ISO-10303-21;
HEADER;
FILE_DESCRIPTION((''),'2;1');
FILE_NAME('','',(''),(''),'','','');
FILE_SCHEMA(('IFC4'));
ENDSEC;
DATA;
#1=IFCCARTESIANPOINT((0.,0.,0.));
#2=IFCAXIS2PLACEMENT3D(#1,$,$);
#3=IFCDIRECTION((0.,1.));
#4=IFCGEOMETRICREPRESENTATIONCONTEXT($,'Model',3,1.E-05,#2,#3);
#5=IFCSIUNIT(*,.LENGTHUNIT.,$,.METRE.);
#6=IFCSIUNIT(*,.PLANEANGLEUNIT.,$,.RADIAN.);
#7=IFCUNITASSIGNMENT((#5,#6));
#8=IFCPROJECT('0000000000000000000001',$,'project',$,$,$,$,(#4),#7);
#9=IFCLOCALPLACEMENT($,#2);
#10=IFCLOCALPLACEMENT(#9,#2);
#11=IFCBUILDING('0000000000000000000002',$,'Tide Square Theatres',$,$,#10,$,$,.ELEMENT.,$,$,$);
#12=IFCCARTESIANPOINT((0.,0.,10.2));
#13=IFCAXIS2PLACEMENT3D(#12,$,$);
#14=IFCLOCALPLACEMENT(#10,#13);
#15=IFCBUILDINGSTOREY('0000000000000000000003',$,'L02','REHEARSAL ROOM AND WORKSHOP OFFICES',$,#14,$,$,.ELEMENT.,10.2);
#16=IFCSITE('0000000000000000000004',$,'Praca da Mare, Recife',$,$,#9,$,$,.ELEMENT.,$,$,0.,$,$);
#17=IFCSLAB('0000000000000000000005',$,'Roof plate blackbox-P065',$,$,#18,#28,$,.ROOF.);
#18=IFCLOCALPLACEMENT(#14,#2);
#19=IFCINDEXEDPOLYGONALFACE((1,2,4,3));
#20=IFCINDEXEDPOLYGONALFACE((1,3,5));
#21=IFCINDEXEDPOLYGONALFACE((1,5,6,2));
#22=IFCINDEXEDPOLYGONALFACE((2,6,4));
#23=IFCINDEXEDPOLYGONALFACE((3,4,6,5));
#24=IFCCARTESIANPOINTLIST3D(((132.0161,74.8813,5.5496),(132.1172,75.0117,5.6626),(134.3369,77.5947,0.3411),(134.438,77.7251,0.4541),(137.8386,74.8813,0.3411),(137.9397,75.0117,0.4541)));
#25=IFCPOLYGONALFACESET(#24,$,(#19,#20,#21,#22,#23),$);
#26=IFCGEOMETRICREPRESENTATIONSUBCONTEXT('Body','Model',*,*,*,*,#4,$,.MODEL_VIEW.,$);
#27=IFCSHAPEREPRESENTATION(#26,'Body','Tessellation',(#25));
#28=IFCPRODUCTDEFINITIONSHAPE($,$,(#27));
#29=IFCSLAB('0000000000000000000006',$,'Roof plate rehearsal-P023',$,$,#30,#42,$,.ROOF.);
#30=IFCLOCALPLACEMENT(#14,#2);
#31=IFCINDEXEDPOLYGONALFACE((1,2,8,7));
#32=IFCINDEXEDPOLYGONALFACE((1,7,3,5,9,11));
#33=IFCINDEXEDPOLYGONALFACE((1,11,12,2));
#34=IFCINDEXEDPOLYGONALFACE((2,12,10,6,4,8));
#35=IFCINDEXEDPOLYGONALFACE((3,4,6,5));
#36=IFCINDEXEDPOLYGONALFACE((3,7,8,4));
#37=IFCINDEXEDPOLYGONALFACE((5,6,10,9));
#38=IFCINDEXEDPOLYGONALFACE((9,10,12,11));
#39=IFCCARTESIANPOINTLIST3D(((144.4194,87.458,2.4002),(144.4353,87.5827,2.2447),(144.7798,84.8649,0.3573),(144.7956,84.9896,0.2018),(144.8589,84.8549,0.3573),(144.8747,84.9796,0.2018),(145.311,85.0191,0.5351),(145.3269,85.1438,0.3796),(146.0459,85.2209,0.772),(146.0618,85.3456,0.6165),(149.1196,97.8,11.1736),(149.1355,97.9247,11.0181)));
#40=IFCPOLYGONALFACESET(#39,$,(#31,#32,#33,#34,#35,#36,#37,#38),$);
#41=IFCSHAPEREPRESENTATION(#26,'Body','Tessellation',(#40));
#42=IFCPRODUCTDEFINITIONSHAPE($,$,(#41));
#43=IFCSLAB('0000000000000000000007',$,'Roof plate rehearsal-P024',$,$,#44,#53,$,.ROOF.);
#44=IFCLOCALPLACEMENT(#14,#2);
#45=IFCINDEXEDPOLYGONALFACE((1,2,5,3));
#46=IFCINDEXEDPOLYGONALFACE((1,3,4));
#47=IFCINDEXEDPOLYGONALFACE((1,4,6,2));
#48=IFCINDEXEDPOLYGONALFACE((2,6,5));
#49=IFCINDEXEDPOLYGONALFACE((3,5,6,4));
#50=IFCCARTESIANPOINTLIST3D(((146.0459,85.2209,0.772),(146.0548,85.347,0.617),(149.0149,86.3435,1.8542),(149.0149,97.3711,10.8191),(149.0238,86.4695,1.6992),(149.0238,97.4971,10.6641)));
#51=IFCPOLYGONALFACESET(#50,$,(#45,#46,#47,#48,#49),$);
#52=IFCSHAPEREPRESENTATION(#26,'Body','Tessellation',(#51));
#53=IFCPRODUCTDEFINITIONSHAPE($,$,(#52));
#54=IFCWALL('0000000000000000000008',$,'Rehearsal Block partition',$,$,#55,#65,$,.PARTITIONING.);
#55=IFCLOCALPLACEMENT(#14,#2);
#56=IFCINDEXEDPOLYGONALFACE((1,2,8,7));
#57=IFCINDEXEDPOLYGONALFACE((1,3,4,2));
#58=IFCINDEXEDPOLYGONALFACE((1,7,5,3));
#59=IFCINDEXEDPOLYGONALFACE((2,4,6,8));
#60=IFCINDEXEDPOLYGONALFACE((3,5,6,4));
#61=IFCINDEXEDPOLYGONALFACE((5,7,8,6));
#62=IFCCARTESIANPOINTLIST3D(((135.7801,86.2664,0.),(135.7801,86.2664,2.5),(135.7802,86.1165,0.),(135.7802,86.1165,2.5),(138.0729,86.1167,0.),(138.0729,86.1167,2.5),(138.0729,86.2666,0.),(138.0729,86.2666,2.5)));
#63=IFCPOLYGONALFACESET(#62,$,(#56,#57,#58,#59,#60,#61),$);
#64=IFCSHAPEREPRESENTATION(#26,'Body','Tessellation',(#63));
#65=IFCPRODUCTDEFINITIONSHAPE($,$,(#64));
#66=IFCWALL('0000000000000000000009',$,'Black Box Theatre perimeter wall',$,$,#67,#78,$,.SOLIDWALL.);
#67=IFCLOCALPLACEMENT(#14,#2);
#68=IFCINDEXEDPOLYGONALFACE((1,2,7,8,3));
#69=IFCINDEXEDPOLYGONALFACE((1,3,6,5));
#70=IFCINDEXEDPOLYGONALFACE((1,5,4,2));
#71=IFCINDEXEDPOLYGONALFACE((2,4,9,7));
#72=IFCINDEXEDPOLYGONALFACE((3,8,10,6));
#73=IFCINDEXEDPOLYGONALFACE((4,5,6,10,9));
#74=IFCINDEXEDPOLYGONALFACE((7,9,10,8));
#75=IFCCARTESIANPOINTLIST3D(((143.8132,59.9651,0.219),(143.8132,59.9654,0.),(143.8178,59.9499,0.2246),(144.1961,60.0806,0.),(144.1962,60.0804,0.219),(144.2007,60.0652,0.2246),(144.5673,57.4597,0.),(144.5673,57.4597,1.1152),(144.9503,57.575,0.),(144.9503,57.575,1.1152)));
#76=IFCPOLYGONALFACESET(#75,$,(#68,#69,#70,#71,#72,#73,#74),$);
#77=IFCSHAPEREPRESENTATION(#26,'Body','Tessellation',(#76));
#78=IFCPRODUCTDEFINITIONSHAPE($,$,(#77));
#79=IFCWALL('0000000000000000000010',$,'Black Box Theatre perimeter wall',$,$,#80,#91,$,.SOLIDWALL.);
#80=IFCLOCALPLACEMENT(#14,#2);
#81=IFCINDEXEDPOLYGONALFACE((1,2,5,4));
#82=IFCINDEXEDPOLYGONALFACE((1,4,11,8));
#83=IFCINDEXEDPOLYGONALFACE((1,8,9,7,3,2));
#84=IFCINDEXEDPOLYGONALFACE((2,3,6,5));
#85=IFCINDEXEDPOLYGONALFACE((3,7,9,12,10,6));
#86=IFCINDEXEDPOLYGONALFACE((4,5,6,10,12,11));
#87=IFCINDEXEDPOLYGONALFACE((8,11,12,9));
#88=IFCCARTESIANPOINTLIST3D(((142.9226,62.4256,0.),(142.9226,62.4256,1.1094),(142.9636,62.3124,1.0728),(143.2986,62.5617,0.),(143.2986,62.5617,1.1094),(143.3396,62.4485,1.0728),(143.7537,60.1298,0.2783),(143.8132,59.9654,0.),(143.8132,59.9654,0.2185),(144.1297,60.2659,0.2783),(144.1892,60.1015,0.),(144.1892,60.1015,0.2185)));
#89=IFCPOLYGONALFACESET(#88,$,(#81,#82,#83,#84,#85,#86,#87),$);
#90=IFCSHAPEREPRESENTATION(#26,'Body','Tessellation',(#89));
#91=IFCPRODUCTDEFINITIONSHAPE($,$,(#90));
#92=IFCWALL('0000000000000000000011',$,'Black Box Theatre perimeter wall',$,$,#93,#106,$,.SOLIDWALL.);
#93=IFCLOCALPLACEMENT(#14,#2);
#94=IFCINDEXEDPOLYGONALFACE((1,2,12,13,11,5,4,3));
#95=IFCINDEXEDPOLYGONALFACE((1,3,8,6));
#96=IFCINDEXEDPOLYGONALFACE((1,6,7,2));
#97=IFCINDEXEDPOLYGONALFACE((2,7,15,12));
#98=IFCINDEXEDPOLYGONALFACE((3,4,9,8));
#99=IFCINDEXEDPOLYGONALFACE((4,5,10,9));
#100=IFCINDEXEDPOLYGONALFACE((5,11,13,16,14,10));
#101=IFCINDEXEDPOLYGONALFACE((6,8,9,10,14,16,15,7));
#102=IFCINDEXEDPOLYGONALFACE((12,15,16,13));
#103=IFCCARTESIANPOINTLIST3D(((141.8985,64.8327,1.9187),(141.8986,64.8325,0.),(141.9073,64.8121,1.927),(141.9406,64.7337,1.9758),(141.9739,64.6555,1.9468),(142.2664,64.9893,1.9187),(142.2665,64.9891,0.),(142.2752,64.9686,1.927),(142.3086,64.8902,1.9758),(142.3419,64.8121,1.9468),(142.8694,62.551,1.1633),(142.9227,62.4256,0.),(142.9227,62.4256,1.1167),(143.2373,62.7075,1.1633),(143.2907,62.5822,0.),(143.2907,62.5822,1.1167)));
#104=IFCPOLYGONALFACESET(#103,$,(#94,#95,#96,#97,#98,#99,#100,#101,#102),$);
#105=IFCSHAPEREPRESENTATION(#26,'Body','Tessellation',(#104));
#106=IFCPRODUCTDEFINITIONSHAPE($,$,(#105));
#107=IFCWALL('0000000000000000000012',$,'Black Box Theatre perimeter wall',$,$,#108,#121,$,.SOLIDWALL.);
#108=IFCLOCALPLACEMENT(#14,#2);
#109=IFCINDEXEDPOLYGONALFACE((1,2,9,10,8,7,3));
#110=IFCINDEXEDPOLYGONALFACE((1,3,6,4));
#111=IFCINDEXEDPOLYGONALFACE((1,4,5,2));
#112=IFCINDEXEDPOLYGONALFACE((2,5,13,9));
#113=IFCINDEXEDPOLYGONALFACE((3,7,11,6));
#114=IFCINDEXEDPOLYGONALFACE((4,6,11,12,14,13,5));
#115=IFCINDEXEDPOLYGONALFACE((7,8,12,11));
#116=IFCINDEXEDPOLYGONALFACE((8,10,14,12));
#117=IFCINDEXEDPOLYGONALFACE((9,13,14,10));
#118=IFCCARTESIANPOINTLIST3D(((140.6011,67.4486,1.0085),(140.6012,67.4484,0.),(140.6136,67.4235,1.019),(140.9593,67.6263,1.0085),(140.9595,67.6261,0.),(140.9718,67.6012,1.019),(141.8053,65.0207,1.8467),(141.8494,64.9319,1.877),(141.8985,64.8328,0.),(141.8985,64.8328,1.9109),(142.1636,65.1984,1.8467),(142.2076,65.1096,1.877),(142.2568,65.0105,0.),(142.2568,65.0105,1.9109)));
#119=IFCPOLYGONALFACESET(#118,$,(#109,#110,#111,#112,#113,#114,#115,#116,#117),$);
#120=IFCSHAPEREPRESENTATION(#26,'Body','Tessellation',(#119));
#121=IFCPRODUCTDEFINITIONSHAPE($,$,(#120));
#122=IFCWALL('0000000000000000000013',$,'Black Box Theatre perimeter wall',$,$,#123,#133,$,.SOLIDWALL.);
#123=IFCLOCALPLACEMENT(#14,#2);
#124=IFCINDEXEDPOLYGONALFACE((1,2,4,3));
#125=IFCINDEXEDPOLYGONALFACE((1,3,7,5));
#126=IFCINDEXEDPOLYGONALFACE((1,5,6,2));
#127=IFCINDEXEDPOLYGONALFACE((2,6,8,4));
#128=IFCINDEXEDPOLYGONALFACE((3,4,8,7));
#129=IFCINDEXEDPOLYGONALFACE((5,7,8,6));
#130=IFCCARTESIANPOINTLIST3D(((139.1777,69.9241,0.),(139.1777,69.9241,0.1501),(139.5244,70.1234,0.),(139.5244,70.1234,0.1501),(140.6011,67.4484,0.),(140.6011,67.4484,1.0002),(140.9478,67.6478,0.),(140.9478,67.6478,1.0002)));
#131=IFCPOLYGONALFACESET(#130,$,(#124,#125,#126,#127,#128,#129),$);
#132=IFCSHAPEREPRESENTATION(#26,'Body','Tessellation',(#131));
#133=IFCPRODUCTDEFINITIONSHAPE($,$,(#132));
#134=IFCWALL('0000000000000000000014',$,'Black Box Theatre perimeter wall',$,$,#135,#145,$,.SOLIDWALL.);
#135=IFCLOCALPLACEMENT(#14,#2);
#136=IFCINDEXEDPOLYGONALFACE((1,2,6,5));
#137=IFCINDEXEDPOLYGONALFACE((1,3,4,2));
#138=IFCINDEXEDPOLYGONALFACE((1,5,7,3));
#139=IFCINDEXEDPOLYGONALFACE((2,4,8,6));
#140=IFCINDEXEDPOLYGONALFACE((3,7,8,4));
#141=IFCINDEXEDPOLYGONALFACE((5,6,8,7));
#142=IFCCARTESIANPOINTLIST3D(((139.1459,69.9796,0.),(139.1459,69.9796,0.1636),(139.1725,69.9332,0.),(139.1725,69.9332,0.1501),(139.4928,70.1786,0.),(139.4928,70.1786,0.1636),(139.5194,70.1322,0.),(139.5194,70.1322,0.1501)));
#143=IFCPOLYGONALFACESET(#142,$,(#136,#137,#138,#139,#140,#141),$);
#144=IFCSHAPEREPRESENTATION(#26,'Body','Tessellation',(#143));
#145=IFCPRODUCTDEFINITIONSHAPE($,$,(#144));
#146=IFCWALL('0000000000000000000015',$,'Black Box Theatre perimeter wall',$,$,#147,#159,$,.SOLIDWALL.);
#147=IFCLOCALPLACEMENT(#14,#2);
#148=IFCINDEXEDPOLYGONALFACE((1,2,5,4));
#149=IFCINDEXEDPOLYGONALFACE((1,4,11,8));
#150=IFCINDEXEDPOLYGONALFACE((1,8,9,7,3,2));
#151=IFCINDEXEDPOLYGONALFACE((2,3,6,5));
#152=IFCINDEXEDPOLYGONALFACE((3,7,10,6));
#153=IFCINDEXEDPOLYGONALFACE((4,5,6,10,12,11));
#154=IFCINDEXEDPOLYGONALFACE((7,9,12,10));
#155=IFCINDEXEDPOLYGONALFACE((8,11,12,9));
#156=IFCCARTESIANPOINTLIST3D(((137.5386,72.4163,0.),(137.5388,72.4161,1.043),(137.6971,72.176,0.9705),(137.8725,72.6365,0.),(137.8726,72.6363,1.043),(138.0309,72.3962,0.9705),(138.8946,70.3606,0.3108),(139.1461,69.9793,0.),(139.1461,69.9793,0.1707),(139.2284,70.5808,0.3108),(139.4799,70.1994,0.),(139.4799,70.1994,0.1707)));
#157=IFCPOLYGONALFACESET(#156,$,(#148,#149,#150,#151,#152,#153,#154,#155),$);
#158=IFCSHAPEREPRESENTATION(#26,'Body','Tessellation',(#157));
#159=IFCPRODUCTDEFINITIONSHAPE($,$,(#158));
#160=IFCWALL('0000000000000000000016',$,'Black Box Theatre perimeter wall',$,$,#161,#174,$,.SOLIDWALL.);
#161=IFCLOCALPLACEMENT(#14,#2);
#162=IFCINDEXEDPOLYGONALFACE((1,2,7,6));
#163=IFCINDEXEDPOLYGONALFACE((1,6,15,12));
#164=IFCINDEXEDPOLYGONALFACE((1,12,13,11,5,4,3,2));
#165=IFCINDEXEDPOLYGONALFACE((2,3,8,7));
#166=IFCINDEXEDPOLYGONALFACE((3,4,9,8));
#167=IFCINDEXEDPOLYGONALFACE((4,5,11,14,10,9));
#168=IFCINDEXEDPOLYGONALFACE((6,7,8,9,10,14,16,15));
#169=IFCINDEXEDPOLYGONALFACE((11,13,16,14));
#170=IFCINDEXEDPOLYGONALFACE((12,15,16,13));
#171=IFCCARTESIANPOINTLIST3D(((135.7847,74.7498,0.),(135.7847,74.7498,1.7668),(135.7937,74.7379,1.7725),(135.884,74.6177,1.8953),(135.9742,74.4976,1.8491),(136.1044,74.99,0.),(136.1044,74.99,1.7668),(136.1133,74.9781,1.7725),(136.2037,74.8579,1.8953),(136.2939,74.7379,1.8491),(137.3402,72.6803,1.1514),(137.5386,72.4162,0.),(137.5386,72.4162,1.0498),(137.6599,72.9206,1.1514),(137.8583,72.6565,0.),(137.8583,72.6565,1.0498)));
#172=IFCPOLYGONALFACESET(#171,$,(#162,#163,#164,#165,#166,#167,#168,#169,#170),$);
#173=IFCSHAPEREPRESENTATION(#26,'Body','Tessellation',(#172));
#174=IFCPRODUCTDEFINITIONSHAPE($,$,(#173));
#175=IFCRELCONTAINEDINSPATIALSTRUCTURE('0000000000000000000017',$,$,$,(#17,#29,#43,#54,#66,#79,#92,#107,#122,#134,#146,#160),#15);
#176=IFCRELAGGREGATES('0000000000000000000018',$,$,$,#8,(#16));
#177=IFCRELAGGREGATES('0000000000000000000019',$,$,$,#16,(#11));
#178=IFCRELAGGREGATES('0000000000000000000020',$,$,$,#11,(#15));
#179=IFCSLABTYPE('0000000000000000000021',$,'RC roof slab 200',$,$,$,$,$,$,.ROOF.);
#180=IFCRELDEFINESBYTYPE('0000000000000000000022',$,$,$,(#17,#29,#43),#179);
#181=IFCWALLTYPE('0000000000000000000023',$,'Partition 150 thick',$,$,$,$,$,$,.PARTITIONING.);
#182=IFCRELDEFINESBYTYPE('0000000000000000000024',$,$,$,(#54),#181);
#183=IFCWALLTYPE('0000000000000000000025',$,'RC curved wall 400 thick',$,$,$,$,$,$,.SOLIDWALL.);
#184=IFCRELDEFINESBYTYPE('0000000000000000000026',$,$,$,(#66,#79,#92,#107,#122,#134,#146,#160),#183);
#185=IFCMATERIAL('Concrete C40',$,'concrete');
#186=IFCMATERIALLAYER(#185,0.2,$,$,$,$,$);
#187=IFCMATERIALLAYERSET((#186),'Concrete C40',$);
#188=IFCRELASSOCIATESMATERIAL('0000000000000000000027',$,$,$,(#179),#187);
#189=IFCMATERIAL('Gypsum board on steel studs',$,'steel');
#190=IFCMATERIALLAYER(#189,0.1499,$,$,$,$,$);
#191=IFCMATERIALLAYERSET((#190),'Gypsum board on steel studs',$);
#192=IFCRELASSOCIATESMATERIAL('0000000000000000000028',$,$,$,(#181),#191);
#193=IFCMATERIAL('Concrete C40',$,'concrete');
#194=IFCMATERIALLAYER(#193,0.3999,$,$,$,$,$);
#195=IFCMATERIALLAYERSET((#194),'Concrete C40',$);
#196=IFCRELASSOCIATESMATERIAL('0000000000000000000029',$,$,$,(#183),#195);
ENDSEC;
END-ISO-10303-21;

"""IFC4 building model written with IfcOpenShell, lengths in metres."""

from ifc_helpers import new_model, si_unit, direction, frame, frame_2d, origin, place, context, subcontext, project, spatial, polyline, rectangle, outline, extrude, material, layer, layer_set, type_object, element, save


model = new_model("IFC4")

# Units and contexts
model_context = context("Model", 3, precision=1e-05, world=origin(), true_north=direction((0.0, 1.0)))
body_context = subcontext(model_context, "Body", "Model", "MODEL_VIEW")
ifc_project = project(units=[si_unit("LENGTHUNIT", "METRE"), si_unit("PLANEANGLEUNIT", "RADIAN")], contexts=[model_context])

# Site, building, storey
site_placement = place(None, origin())
site = spatial("IfcSite", under=ifc_project, at=site_placement, Name="Praca da Mare, Recife", CompositionType="ELEMENT", RefElevation=0.0)
building_placement = place(site_placement, origin())
building = spatial("IfcBuilding", under=site, at=building_placement, Name="Tide Square Theatres", CompositionType="ELEMENT")
storey_placement = place(building_placement, frame((0.0, 0.0, 10.2)))
storey = spatial("IfcBuildingStorey", under=building, at=storey_placement, Name="L02", Description="REHEARSAL ROOM AND WORKSHOP OFFICES", CompositionType="ELEMENT", Elevation=10.2)

# Slabs
ifc_material_1 = material(Name="Concrete C40", Category="concrete")
ifc_layer_1 = layer(ifc_material_1, 0.2)
ifc_layer_set_1 = layer_set([ifc_layer_1], Name="Concrete C40")
slab_type = type_object("IfcSlabType", Name="RC roof slab 200", PredefinedType="ROOF", material=ifc_layer_set_1)
slab_1_placement = place(storey_placement, frame((137.9397, 75.0117, 0.4541), z_axis=(0.505389, 0.652222, 0.564968), x_axis=(-0.790464, 0.612509, 0.0)))
element("IfcSlab", 1, at=slab_1_placement, inside=storey, type_object=slab_type, Name="Roof plate blackbox-P065", PredefinedType="ROOF", context=body_context, shape_type="SweptSolid", body=[
    extrude(outline(polyline([(0.0, 0.0), (4.4299, 0.0), (4.6025, 6.3125), (0.0, 0.0)])), origin(), (0.0, 0.0, -1.0), 0.2),
])
slab_2_placement = place(storey_placement, frame((146.0459, 85.2209, 0.772), z_axis=(-0.079311, -0.623666, 0.777657), x_axis=(0.185058, 0.757343, 0.626247)))
element("IfcSlab", 2, at=slab_2_placement, inside=storey, type_object=slab_type, Name="Roof plate rehearsal-P023", PredefinedType="ROOF", context=body_context, shape_type="SweptSolid", body=[
    extrude(outline(polyline([(0.0, 0.0), (16.6095, 0.0), (2.4129, 2.1163), (-0.4372, 0.6676), (-0.7637, 1.1483), (-0.7566, 1.0689), (0.0, 0.0)])), origin(), (0.0, 0.0, -1.0), 0.2),
])
slab_3_placement = place(storey_placement, frame((146.0459, 85.2209, 0.772), z_axis=(-0.044306, -0.630182, 0.775182), x_axis=(0.885325, 0.334736, 0.322724)))
element("IfcSlab", 3, at=slab_3_placement, inside=storey, type_object=slab_type, Name="Roof plate rehearsal-P024", PredefinedType="ROOF", context=body_context, shape_type="SweptSolid", body=[
    extrude(outline(polyline([(0.0, 0.0), (3.3536, 0.0), (9.9381, 12.5945), (0.0, 0.0)])), origin(), (0.0, 0.0, -1.0), 0.2),
])

# Walls
ifc_material_2 = material(Name="Gypsum board on steel studs", Category="steel")
ifc_layer_2 = layer(ifc_material_2, 0.1499)
ifc_layer_set_2 = layer_set([ifc_layer_2], Name="Gypsum board on steel studs")
wall_type_1 = type_object("IfcWallType", Name="Partition 150 thick", PredefinedType="PARTITIONING", material=ifc_layer_set_2)
wall_1_placement = place(storey_placement, frame((138.073, 86.1917, 0.0), z_axis=(0.0, 0.0, 1.0), x_axis=(-1.0, -0.000106, 0.0)))
element("IfcWall", 4, at=wall_1_placement, inside=storey, type_object=wall_type_1, Name="Rehearsal Block partition", PredefinedType="PARTITIONING", context=body_context, shape_type="SweptSolid", body=[
    extrude(rectangle(XDim=2.2927, YDim=0.1499, at=frame_2d((1.1465, 0.0))), origin(), (0.0, 0.0, 1.0), 2.5),
])
ifc_material_3 = material(Name="Concrete C40", Category="concrete")
ifc_layer_3 = layer(ifc_material_3, 0.3999)
ifc_layer_set_3 = layer_set([ifc_layer_3], Name="Concrete C40")
wall_type_2 = type_object("IfcWallType", Name="RC curved wall 400 thick", PredefinedType="SOLIDWALL", material=ifc_layer_set_3)
wall_2_placement = place(storey_placement, frame((144.7588, 57.5173, 0.0), z_axis=(0.0, 0.0, 1.0), x_axis=(-0.288212, 0.957567, 0.0)))
element("IfcWall", 5, at=wall_2_placement, inside=storey, type_object=wall_type_2, Name="Black Box Theatre perimeter wall", PredefinedType="SOLIDWALL", context=body_context, shape_type="SweptSolid", body=[
    extrude(outline(polyline([(0.0, 0.0), (2.6167, 0.0), (2.6165, 0.219), (2.6006, 0.2246), (0.0, 1.1152), (0.0, 0.0)])), frame((0.0, 0.2, 0.0), z_axis=(0.0, -1.0, 0.0), x_axis=(1.0, 0.0, 0.0)), (0.0, 0.0, 1.0), 0.3999),
])
wall_3_placement = place(storey_placement, frame((144.0012, 60.0334, 0.0), z_axis=(0.0, 0.0, 1.0), x_axis=(-0.340394, 0.940283, 0.0)))
element("IfcWall", 6, at=wall_3_placement, inside=storey, type_object=wall_type_2, Name="Black Box Theatre perimeter wall", PredefinedType="SOLIDWALL", context=body_context, shape_type="SweptSolid", body=[
    extrude(outline(polyline([(0.0, 0.0), (2.6165, 0.0), (2.6165, 1.1094), (2.4961, 1.0728), (0.1748, 0.2783), (0.0, 0.2185), (0.0, 0.0)])), frame((0.0, 0.2, 0.0), z_axis=(0.0, -1.0, 0.0), x_axis=(1.0, 0.0, 0.0)), (0.0, 0.0, 1.0), 0.3999),
])
wall_4_placement = place(storey_placement, frame((143.1067, 62.5039, 0.0), z_axis=(0.0, 0.0, 1.0), x_axis=(-0.39153, 0.920165, 0.0)))
element("IfcWall", 7, at=wall_4_placement, inside=storey, type_object=wall_type_2, Name="Black Box Theatre perimeter wall", PredefinedType="SOLIDWALL", context=body_context, shape_type="SweptSolid", body=[
    extrude(outline(polyline([(0.0, 0.0), (2.6157, 0.0), (2.616, 1.9187), (2.5935, 1.927), (2.5083, 1.9758), (2.4233, 1.9468), (0.1362, 1.1633), (0.0, 1.1167), (0.0, 0.0)])), frame((0.0, 0.2, 0.0), z_axis=(0.0, -1.0, 0.0), x_axis=(1.0, 0.0, 0.0)), (0.0, 0.0, 1.0), 0.3999),
])
wall_5_placement = place(storey_placement, frame((142.0776, 64.9216, 0.0), z_axis=(0.0, 0.0, 1.0), x_axis=(-0.444335, 0.895861, 0.0)))
element("IfcWall", 8, at=wall_5_placement, inside=storey, type_object=wall_type_2, Name="Black Box Theatre perimeter wall", PredefinedType="SOLIDWALL", context=body_context, shape_type="SweptSolid", body=[
    extrude(outline(polyline([(0.0, 0.0), (2.9197, 0.0), (2.9199, 1.0085), (2.8918, 1.019), (0.2097, 1.8467), (0.1106, 1.877), (0.0, 1.9109), (0.0, 0.0)])), frame((0.0, 0.2, 0.0), z_axis=(0.0, -1.0, 0.0), x_axis=(1.0, 0.0, 0.0)), (0.0, 0.0, 1.0), 0.3999),
])
wall_6_placement = place(storey_placement, frame((140.7744, 67.5481, 0.0), z_axis=(0.0, 0.0, 1.0), x_axis=(-0.498439, 0.866925, 0.0)))
element("IfcWall", 9, at=wall_6_placement, inside=storey, type_object=wall_type_2, Name="Black Box Theatre perimeter wall", PredefinedType="SOLIDWALL", context=body_context, shape_type="SweptSolid", body=[
    extrude(outline(polyline([(0.0, 0.0), (2.8557, 0.0), (2.8557, 0.1501), (0.0, 1.0002), (0.0, 0.0)])), frame((0.0, 0.2, 0.0), z_axis=(0.0, -1.0, 0.0), x_axis=(1.0, 0.0, 0.0)), (0.0, 0.0, 1.0), 0.3999),
])
wall_7_placement = place(storey_placement, frame((139.3459, 70.0327, 0.0), z_axis=(0.0, 0.0, 1.0), x_axis=(-0.497613, 0.867399, 0.0)))
element("IfcWall", 10, at=wall_7_placement, inside=storey, type_object=wall_type_2, Name="Black Box Theatre perimeter wall", PredefinedType="SOLIDWALL", context=body_context, shape_type="SweptSolid", body=[
    extrude(outline(polyline([(0.0, 0.0), (0.0535, 0.0), (0.0535, 0.1636), (0.0, 0.1501), (0.0, 0.0)])), frame((0.0, 0.2, 0.0), z_axis=(0.0, -1.0, 0.0), x_axis=(1.0, 0.0, 0.0)), (0.0, 0.0, 1.0), 0.3999),
])
wall_8_placement = place(storey_placement, frame((139.313, 70.0894, 0.0), z_axis=(0.0, 0.0, 1.0), x_axis=(-0.550602, 0.834768, 0.0)))
element("IfcWall", 11, at=wall_8_placement, inside=storey, type_object=wall_type_2, Name="Black Box Theatre perimeter wall", PredefinedType="SOLIDWALL", context=body_context, shape_type="SweptSolid", body=[
    extrude(outline(polyline([(0.0, 0.0), (2.9194, 0.0), (2.9192, 1.043), (2.6316, 0.9705), (0.4568, 0.3108), (0.0, 0.1707), (0.0, 0.0)])), frame((0.0, 0.2, 0.0), z_axis=(0.0, -1.0, 0.0), x_axis=(1.0, 0.0, 0.0)), (0.0, 0.0, 1.0), 0.3999),
])
wall_9_placement = place(storey_placement, frame((137.6985, 72.5364, 0.0), z_axis=(0.0, 0.0, 1.0), x_axis=(-0.600829, 0.799377, 0.0)))
element("IfcWall", 12, at=wall_9_placement, inside=storey, type_object=wall_type_2, Name="Black Box Theatre perimeter wall", PredefinedType="SOLIDWALL", context=body_context, shape_type="SweptSolid", body=[
    extrude(outline(polyline([(0.0, 0.0), (2.9192, 0.0), (2.9192, 1.7668), (2.9043, 1.7725), (2.7539, 1.8953), (2.6038, 1.8491), (0.3303, 1.1514), (0.0, 1.0498), (0.0, 0.0)])), frame((0.0, 0.2, 0.0), z_axis=(0.0, -1.0, 0.0), x_axis=(1.0, 0.0, 0.0)), (0.0, 0.0, 1.0), 0.3999),
])

save(model, "model.ifc")
